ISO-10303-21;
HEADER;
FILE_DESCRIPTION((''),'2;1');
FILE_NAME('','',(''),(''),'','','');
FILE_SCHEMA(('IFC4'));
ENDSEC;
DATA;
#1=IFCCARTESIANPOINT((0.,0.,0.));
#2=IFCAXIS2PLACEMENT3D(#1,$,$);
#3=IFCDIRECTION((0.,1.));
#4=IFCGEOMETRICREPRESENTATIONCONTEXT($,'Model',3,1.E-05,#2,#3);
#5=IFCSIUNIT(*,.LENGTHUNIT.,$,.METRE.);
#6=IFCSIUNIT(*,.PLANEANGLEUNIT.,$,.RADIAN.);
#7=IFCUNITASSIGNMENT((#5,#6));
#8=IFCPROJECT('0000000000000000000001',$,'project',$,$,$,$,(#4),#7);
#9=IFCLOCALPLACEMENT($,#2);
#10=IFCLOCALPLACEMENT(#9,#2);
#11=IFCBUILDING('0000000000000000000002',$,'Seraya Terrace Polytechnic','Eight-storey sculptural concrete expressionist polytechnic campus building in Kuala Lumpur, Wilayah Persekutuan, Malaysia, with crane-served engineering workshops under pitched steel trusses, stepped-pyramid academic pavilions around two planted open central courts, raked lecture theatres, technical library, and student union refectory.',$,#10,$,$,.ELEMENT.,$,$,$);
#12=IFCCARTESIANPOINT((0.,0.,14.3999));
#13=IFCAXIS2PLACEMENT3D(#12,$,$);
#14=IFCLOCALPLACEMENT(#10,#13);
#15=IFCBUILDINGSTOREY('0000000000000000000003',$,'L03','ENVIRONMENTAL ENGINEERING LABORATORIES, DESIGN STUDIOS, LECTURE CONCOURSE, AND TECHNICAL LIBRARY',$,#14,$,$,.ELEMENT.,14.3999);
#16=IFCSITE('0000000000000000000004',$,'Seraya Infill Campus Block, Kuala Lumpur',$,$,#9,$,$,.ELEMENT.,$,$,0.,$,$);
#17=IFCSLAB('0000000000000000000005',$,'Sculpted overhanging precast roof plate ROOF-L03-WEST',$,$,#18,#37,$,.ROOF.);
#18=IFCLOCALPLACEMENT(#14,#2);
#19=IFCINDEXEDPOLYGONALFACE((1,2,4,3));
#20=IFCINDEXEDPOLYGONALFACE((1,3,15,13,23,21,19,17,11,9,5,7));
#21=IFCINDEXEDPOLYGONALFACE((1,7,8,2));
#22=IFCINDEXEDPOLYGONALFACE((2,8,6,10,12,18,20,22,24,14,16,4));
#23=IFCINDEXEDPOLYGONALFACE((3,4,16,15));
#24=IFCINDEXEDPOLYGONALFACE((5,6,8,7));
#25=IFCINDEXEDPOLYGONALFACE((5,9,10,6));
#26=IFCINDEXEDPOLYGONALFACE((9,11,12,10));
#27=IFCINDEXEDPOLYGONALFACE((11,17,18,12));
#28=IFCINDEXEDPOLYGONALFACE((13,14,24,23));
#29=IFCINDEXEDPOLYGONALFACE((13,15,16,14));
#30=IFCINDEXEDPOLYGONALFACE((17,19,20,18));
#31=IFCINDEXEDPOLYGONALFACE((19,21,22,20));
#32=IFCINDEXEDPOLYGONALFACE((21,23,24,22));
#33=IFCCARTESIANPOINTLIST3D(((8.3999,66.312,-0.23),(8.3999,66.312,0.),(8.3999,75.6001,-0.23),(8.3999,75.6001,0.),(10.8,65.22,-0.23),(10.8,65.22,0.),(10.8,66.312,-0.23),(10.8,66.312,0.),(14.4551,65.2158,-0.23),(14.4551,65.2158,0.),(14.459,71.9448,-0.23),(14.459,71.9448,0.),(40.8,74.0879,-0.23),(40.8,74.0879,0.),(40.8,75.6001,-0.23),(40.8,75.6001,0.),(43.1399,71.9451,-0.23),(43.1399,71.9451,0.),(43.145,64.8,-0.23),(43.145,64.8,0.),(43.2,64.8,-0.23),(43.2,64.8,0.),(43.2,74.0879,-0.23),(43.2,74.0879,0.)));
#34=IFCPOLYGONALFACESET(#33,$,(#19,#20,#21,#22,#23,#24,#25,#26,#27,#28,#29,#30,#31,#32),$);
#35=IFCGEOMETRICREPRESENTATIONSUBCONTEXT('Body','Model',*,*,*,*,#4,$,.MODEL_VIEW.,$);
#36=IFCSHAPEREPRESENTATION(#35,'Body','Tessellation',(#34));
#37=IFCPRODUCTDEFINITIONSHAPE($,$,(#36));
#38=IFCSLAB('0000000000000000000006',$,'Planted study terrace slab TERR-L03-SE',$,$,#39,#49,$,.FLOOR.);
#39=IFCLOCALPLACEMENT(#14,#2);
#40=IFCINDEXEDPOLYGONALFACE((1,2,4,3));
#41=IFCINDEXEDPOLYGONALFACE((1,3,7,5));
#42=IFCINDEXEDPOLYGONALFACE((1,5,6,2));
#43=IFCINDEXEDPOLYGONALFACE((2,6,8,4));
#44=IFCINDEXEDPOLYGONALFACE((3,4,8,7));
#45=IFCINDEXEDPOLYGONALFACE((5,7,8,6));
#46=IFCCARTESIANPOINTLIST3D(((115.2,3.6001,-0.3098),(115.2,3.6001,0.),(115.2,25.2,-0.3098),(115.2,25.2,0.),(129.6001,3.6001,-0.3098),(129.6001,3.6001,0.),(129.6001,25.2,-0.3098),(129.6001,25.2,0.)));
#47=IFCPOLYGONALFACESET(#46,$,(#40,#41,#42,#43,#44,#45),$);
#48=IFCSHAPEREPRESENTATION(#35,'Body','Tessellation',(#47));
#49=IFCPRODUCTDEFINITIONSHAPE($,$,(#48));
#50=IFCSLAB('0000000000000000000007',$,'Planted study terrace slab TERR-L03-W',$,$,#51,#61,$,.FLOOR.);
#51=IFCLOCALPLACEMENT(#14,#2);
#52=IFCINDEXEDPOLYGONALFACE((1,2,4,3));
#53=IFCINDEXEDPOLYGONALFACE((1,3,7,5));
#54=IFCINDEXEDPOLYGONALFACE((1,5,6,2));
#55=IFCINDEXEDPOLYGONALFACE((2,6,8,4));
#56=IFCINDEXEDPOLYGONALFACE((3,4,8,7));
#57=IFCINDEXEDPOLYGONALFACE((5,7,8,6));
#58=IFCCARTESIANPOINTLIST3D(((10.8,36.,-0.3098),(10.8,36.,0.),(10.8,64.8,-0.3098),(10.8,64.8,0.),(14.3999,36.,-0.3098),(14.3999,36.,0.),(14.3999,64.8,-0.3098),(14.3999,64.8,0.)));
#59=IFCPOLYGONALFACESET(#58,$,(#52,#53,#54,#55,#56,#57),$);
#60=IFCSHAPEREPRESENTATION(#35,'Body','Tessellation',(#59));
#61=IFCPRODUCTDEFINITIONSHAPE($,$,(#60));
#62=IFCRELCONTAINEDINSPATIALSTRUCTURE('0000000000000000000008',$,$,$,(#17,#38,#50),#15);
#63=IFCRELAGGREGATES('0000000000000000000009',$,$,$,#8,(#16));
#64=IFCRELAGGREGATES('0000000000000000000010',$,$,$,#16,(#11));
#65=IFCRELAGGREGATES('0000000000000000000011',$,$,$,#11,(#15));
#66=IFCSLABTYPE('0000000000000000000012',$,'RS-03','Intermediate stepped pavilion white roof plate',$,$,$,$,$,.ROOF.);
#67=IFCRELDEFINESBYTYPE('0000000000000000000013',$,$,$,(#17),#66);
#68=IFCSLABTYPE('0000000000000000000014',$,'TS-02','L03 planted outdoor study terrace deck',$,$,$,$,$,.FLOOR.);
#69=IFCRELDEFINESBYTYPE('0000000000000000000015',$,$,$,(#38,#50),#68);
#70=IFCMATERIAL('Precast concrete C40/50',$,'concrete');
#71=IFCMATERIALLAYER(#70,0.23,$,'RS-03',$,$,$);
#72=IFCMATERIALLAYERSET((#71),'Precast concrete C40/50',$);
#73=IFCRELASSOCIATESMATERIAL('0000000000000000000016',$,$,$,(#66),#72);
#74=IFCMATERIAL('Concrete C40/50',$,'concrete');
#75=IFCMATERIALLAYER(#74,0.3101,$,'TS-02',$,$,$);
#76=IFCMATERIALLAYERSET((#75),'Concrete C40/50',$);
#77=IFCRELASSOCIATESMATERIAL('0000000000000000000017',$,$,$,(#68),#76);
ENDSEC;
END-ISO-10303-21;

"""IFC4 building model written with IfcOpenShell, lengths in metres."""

from ifc_helpers import new_model, si_unit, direction, frame, origin, place, context, subcontext, project, spatial, polyline, outline, extrude, material, layer, layer_set, type_object, element, save


model = new_model("IFC4")

# Units and contexts
model_context = context("Model", 3, precision=1e-05, world=origin(), true_north=direction((0.0, 1.0)))
body_context = subcontext(model_context, "Body", "Model", "MODEL_VIEW")
ifc_project = project(units=[si_unit("LENGTHUNIT", "METRE"), si_unit("PLANEANGLEUNIT", "RADIAN")], contexts=[model_context])

# Site, building, storey
site_placement = place(None, origin())
site = spatial("IfcSite", under=ifc_project, at=site_placement, Name="Seraya Infill Campus Block, Kuala Lumpur", CompositionType="ELEMENT", RefElevation=0.0)
building_placement = place(site_placement, origin())
building = spatial("IfcBuilding", under=site, at=building_placement, Name="Seraya Terrace Polytechnic", Description="Eight-storey sculptural concrete expressionist polytechnic campus building in Kuala Lumpur, Wilayah Persekutuan, Malaysia, with crane-served engineering workshops under pitched steel trusses, stepped-pyramid academic pavilions around two planted open central courts, raked lecture theatres, technical library, and student union refectory.", CompositionType="ELEMENT")
storey_placement = place(building_placement, frame((0.0, 0.0, 14.3999)))
storey = spatial("IfcBuildingStorey", under=building, at=storey_placement, Name="L03", Description="ENVIRONMENTAL ENGINEERING LABORATORIES, DESIGN STUDIOS, LECTURE CONCOURSE, AND TECHNICAL LIBRARY", CompositionType="ELEMENT", Elevation=14.3999)

# Shared definitions
ifc_material_1 = material(Name="Concrete C40/50", Category="concrete")

# Shared definitions
ifc_material_2 = material(Name="Precast concrete C40/50", Category="concrete")

# Slabs
ifc_layer_1 = layer(ifc_material_2, 0.23, Name="RS-03")
ifc_layer_set_1 = layer_set([ifc_layer_1], Name="Precast concrete C40/50")
slab_type_1 = type_object("IfcSlabType", Name="RS-03", Description="Intermediate stepped pavilion white roof plate", PredefinedType="ROOF", material=ifc_layer_set_1)
slab_1_placement = place(storey_placement, frame((0.0, 0.0, -0.23)))
element("IfcSlab", 1, at=slab_1_placement, inside=storey, type_object=slab_type_1, Name="Sculpted overhanging precast roof plate ROOF-L03-WEST", PredefinedType="ROOF", context=body_context, shape_type="SweptSolid", body=[
    extrude(outline(polyline([(10.8, 66.312), (8.3999, 66.312), (8.3999, 75.6001), (40.8, 75.6001), (40.8, 74.0879), (43.2, 74.0879), (43.2, 64.8), (43.145, 64.8), (43.1399, 71.9451), (14.459, 71.9448), (14.4551, 65.2158), (10.8, 65.22), (10.8, 66.312)])), origin(), (0.0, 0.0, 1.0), 0.23),
])
ifc_layer_2 = layer(ifc_material_1, 0.3101, Name="TS-02")
ifc_layer_set_2 = layer_set([ifc_layer_2], Name="Concrete C40/50")
slab_type_2 = type_object("IfcSlabType", Name="TS-02", Description="L03 planted outdoor study terrace deck", PredefinedType="FLOOR", material=ifc_layer_set_2)
slab_2_placement = place(storey_placement, frame((0.0, 0.0, -0.3098)))
element("IfcSlab", 2, at=slab_2_placement, inside=storey, type_object=slab_type_2, Name="Planted study terrace slab TERR-L03-SE", PredefinedType="FLOOR", context=body_context, shape_type="SweptSolid", body=[
    extrude(outline(polyline([(115.2, 3.6001), (115.2, 25.2), (129.6001, 25.2), (129.6001, 3.6001), (115.2, 3.6001)])), origin(), (0.0, 0.0, 1.0), 0.3098),
])
slab_3_placement = place(storey_placement, frame((0.0, 0.0, -0.3098)))
element("IfcSlab", 3, at=slab_3_placement, inside=storey, type_object=slab_type_2, Name="Planted study terrace slab TERR-L03-W", PredefinedType="FLOOR", context=body_context, shape_type="SweptSolid", body=[
    extrude(outline(polyline([(10.8, 36.0), (10.8, 64.8), (14.3999, 64.8), (14.3999, 36.0), (10.8, 36.0)])), origin(), (0.0, 0.0, 1.0), 0.3098),
])

save(model, "model.ifc")
